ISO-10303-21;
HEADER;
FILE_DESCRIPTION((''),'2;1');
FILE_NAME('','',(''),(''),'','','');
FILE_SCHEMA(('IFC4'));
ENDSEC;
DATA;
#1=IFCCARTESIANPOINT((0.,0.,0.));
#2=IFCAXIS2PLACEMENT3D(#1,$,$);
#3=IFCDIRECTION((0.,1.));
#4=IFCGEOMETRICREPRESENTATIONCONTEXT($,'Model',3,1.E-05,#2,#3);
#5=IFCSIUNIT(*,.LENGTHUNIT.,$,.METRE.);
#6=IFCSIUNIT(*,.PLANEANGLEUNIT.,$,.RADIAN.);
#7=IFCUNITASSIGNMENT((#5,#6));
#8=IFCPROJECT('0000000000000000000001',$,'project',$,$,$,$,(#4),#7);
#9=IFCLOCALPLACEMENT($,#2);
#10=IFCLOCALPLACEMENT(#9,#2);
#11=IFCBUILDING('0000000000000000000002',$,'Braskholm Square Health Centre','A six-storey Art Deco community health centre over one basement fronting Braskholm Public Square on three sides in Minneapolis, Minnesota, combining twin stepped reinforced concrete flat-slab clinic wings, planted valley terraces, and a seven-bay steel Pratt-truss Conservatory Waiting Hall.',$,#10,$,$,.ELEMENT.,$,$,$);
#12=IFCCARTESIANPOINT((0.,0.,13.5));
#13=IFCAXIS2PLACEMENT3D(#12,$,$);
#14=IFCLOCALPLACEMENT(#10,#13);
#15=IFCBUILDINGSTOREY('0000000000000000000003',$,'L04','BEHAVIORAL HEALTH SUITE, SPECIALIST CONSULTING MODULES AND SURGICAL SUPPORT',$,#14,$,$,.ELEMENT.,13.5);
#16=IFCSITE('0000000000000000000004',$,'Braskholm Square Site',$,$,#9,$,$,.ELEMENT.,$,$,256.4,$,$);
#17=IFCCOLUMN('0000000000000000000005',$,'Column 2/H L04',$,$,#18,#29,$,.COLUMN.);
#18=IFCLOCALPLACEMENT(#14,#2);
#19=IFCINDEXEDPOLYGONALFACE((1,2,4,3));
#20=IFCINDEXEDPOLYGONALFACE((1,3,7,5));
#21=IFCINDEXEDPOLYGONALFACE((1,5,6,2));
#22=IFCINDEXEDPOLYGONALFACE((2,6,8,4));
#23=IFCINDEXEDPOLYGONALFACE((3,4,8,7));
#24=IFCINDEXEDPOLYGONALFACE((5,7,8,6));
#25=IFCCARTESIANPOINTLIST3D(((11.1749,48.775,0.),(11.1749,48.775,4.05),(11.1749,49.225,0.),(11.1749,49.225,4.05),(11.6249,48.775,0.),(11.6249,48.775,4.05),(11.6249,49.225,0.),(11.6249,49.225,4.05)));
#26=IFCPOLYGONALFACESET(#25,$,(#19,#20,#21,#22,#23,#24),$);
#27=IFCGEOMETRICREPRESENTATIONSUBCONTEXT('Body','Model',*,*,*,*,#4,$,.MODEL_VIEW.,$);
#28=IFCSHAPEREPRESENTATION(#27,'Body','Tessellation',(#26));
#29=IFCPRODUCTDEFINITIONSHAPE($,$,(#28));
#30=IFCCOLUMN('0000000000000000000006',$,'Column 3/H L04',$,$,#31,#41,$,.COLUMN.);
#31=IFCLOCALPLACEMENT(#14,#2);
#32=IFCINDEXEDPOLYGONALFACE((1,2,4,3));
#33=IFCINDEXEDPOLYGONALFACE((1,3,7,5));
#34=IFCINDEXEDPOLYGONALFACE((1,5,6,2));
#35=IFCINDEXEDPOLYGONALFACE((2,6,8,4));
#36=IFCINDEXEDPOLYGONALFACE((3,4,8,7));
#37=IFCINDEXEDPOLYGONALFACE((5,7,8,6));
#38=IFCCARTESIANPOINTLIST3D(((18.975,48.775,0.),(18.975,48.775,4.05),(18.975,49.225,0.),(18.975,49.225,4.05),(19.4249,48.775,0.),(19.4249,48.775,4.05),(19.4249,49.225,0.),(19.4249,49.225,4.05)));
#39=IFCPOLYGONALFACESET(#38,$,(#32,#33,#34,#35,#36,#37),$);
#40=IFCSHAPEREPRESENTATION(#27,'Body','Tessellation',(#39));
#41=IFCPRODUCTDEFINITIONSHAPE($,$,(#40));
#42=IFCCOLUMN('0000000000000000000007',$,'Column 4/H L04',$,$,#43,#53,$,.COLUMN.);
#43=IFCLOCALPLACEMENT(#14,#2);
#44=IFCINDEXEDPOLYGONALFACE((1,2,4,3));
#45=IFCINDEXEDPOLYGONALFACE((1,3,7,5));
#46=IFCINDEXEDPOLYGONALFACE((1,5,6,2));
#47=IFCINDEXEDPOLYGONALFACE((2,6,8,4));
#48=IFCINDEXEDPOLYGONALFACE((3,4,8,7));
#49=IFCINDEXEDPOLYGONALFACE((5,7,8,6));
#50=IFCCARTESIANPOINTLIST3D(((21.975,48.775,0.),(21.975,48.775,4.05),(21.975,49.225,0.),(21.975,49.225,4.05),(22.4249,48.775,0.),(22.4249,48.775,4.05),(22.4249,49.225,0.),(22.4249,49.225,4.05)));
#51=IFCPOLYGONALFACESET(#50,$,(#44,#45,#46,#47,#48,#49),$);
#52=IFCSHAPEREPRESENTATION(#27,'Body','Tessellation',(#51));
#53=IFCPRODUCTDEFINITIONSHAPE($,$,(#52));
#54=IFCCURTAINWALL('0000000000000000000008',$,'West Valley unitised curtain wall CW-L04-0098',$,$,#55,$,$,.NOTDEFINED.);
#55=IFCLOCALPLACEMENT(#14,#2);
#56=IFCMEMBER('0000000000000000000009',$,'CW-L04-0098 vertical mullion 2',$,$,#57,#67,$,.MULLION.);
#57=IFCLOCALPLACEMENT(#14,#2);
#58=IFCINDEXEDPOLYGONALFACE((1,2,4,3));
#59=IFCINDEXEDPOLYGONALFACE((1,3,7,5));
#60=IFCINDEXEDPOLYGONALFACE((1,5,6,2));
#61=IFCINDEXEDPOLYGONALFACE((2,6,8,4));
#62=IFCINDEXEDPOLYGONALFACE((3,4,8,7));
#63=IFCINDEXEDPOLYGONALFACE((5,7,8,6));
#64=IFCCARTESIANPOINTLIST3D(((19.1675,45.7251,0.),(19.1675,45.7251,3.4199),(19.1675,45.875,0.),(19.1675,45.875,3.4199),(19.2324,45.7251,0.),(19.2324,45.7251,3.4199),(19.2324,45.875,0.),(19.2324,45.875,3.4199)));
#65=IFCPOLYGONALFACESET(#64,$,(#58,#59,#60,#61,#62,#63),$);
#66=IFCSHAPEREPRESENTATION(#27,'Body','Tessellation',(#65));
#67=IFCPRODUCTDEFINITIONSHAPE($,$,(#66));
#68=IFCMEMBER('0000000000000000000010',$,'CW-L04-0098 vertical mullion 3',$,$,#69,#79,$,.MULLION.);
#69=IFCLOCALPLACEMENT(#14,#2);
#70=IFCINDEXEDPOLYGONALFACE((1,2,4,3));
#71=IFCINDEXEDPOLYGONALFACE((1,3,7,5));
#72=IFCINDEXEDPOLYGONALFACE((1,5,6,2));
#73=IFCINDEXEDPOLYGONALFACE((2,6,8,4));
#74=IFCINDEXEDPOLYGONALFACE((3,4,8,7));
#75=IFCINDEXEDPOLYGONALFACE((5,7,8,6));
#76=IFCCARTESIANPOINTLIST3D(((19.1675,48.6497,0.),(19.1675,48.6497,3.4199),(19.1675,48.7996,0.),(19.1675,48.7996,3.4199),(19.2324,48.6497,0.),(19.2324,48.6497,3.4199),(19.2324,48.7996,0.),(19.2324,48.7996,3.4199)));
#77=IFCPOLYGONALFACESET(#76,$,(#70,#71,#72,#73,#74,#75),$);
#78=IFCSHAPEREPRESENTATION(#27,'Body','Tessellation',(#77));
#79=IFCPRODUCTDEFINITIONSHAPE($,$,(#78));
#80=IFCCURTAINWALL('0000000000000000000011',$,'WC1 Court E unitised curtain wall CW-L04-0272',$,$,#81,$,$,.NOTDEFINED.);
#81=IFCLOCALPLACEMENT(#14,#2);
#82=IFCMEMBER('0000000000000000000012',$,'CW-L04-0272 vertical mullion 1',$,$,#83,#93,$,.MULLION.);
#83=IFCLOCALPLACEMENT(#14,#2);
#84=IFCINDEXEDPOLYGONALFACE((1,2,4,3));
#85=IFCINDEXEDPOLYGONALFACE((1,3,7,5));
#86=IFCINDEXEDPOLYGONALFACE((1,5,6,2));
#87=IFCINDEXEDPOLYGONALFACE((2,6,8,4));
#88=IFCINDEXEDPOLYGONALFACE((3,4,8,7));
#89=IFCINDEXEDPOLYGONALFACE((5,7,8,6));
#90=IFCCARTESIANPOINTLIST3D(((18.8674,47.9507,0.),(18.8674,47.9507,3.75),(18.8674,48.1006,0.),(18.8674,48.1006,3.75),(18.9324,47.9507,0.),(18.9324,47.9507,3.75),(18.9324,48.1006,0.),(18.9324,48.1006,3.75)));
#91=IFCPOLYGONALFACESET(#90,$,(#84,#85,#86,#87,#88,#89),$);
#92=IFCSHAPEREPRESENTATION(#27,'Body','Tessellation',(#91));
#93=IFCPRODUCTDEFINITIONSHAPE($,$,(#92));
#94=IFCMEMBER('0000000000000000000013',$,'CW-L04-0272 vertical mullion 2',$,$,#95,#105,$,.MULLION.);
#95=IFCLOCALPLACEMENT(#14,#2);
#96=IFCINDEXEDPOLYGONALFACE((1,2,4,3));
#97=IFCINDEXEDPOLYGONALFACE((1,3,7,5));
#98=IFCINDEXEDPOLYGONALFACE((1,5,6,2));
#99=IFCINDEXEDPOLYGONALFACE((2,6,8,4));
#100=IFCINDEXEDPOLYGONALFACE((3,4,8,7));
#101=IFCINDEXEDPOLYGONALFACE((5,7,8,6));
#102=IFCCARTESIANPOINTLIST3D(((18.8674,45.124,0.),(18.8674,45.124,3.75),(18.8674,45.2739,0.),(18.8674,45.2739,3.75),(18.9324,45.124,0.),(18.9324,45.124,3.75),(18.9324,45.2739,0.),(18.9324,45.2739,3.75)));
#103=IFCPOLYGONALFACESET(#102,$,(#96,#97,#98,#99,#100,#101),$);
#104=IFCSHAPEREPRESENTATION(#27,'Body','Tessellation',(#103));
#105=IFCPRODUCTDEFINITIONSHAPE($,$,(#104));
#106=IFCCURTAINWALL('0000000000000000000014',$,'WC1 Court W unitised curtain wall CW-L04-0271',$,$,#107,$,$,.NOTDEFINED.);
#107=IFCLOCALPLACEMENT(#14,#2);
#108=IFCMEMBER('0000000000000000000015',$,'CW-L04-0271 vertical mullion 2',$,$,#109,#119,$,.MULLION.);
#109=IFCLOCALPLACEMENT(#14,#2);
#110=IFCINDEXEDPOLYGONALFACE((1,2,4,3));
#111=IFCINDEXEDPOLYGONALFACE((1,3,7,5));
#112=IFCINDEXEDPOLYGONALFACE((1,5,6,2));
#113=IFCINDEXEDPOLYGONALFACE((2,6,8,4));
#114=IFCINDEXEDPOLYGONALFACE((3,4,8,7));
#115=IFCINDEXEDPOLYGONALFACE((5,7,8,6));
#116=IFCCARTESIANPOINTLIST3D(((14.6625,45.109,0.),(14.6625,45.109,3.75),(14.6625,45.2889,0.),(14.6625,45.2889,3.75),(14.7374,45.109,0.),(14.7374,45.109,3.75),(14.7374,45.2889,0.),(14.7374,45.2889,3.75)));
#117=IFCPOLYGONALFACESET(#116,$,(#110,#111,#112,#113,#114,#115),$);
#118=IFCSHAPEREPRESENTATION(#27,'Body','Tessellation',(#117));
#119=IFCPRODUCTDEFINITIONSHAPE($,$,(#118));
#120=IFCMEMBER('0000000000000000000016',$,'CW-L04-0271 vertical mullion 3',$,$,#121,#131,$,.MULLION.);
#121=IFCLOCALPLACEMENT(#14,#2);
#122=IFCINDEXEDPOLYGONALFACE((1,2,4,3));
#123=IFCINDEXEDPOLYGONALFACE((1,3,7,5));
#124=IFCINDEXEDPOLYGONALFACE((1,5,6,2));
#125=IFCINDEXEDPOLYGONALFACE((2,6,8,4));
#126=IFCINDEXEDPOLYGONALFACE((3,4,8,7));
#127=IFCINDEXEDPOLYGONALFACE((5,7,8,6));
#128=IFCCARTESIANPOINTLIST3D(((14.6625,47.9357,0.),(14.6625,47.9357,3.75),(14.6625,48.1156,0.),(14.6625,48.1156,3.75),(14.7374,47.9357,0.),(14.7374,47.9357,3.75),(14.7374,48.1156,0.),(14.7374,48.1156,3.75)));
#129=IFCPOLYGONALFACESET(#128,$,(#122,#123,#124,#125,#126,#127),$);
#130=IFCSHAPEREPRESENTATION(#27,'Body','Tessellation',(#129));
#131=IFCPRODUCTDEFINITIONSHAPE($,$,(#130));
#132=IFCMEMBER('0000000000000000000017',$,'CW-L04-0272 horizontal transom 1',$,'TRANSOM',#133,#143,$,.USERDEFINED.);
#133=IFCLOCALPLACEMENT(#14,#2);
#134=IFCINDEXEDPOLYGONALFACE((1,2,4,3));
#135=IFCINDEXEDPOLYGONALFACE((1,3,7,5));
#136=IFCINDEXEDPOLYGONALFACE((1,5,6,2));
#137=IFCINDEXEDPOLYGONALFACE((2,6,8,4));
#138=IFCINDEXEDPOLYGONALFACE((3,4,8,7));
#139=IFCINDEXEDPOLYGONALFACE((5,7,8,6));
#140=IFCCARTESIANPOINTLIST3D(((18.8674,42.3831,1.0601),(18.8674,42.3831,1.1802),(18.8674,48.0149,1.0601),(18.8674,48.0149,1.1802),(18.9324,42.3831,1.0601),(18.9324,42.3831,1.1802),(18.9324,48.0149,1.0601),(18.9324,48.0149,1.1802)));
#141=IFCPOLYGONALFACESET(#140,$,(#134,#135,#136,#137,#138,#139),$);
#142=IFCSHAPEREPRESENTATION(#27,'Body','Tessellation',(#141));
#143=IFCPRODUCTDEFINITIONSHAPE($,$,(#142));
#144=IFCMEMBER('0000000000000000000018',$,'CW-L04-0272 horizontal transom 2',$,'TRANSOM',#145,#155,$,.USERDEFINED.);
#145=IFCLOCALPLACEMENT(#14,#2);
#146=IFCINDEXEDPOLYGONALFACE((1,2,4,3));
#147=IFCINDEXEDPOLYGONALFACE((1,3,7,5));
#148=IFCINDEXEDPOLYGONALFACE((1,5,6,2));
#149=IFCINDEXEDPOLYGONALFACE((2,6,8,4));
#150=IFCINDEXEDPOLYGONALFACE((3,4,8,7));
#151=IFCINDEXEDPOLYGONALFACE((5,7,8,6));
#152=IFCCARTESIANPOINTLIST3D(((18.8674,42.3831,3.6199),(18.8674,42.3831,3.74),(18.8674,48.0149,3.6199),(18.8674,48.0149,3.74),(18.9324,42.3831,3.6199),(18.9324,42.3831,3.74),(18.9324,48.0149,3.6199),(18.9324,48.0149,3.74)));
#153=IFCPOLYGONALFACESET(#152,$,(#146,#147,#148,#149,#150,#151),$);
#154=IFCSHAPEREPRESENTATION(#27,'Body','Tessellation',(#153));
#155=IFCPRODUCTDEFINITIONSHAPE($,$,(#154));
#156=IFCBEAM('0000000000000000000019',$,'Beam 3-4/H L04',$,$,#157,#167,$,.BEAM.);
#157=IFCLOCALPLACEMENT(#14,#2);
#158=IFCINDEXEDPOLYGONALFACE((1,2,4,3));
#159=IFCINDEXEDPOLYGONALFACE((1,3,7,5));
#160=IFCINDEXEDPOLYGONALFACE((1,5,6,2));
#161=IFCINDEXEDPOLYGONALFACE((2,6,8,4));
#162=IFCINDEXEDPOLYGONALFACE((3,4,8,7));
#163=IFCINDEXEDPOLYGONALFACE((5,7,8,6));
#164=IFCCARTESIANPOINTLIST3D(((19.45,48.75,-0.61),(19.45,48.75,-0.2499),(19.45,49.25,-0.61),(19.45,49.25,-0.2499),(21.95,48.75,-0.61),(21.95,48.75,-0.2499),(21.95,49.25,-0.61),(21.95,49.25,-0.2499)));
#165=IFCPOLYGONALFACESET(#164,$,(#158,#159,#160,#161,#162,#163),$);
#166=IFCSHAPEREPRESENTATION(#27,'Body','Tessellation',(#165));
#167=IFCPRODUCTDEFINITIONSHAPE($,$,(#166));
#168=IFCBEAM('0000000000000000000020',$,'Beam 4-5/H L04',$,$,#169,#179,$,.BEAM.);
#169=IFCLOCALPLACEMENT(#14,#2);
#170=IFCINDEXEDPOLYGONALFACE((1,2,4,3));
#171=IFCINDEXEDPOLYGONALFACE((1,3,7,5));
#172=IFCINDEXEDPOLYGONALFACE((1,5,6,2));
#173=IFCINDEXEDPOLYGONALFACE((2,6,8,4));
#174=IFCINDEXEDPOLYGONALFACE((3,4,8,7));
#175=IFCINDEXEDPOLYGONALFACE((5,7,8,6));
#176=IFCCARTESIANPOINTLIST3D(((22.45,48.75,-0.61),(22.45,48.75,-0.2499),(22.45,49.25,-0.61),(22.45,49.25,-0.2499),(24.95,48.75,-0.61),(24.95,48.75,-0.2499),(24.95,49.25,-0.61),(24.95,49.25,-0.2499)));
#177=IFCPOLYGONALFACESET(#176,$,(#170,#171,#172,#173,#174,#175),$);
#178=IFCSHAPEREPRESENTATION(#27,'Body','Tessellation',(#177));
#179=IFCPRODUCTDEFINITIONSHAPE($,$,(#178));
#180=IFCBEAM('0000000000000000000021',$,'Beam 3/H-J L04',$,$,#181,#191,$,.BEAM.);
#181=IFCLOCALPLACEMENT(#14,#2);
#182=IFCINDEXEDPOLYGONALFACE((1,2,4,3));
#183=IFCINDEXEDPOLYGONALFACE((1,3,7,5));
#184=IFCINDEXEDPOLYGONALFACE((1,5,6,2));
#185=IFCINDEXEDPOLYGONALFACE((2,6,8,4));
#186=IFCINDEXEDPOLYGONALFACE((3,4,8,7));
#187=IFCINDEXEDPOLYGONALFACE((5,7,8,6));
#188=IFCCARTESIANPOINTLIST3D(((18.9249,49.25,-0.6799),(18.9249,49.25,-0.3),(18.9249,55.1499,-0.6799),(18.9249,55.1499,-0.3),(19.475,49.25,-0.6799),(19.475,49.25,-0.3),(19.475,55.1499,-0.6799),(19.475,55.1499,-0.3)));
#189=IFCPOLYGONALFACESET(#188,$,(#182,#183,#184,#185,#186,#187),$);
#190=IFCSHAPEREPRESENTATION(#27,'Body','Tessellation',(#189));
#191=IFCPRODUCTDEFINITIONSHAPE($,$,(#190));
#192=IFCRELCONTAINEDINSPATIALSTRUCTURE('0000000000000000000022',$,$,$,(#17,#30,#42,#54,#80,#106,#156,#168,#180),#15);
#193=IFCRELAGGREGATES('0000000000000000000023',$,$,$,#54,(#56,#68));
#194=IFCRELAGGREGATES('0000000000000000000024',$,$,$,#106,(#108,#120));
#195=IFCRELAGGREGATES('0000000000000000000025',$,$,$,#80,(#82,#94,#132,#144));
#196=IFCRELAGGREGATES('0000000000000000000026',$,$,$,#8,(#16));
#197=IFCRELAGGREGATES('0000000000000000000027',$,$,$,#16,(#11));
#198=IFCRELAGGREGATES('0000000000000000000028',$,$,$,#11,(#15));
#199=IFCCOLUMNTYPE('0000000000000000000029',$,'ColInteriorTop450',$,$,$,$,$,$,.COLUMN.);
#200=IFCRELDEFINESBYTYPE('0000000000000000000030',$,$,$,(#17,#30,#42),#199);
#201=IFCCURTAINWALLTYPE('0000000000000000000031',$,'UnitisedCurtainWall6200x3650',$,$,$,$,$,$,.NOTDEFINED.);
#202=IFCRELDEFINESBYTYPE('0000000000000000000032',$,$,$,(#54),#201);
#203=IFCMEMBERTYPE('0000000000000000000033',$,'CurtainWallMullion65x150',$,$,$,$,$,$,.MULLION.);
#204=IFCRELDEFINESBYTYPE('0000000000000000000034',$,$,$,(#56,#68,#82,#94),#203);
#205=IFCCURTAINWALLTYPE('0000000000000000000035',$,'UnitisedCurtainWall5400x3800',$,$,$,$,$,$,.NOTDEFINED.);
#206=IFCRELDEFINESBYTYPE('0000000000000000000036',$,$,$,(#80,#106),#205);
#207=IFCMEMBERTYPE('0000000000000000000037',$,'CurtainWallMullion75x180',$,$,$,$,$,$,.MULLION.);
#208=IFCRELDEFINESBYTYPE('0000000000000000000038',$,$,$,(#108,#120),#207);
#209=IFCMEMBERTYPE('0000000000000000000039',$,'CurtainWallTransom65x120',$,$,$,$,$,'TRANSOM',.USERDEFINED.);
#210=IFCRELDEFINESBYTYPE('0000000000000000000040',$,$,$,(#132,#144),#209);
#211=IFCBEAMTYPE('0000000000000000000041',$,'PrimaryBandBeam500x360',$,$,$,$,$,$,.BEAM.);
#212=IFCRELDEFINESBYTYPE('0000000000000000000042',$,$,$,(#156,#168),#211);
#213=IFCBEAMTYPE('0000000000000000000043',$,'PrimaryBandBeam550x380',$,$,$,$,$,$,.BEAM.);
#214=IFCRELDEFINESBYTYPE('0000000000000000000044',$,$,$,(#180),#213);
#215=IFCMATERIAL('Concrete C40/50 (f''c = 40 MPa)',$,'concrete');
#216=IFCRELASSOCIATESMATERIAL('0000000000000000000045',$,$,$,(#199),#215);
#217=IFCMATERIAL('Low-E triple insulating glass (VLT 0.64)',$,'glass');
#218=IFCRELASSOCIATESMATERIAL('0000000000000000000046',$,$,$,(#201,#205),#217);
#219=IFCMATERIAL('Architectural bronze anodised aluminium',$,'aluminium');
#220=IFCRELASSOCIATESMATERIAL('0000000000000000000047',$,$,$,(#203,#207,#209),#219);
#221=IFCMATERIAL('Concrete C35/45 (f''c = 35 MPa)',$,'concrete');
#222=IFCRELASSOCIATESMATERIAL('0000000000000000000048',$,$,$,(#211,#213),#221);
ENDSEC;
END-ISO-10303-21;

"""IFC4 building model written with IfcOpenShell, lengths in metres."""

from ifc_helpers import new_model, si_unit, direction, frame, origin, origin_2d, place, context, subcontext, project, spatial, rectangle, extrude, material, material_profile, profile_set, type_object, element, aggregate, save


model = new_model("IFC4")

# Units and contexts
model_context = context("Model", 3, precision=1e-05, world=origin(), true_north=direction((0.0, 1.0)))
body_context = subcontext(model_context, "Body", "Model", "MODEL_VIEW")
ifc_project = project(units=[si_unit("LENGTHUNIT", "METRE"), si_unit("PLANEANGLEUNIT", "RADIAN")], contexts=[model_context])

# Site, building, storey
site_placement = place(None, origin())
site = spatial("IfcSite", under=ifc_project, at=site_placement, Name="Braskholm Square Site", CompositionType="ELEMENT", RefElevation=256.4)
building_placement = place(site_placement, origin())
building = spatial("IfcBuilding", under=site, at=building_placement, Name="Braskholm Square Health Centre", Description="A six-storey Art Deco community health centre over one basement fronting Braskholm Public Square on three sides in Minneapolis, Minnesota, combining twin stepped reinforced concrete flat-slab clinic wings, planted valley terraces, and a seven-bay steel Pratt-truss Conservatory Waiting Hall.", CompositionType="ELEMENT")
storey_placement = place(building_placement, frame((0.0, 0.0, 13.5)))
storey = spatial("IfcBuildingStorey", under=building, at=storey_placement, Name="L04", Description="BEHAVIORAL HEALTH SUITE, SPECIALIST CONSULTING MODULES AND SURGICAL SUPPORT", CompositionType="ELEMENT", Elevation=13.5)

# Columns
ifc_material_1 = material(Name="Concrete C40/50 (f'c = 40 MPa)", Category="concrete")
ifc_material_profile_1 = material_profile(ifc_material_1, rectangle(XDim=0.45, YDim=0.45, at=origin_2d()), Name="RC-450X450")
ifc_profile_set_1 = profile_set([ifc_material_profile_1], Name="Concrete C40/50 (f'c = 40 MPa)")
column_type = type_object("IfcColumnType", Name="ColInteriorTop450", PredefinedType="COLUMN", material=ifc_profile_set_1)
for number, where, z_axis, x_axis, name in (
    (1, (11.3999, 49.0, 0.0), (0.0, 0.0, 1.0), (1.0, 0.0, 0.0), "Column 2/H L04"),
    (2, (19.2, 49.0, 0.0), (0.0, 0.0, 1.0), (1.0, 0.0, 0.0), "Column 3/H L04"),
    (3, (22.2, 49.0, 0.0), (0.0, 0.0, 1.0), (1.0, 0.0, 0.0), "Column 4/H L04"),
):
    element("IfcColumn", number, at=place(storey_placement, frame(where, z_axis=z_axis, x_axis=x_axis)), inside=storey, type_object=column_type, Name=name, PredefinedType="COLUMN", context=body_context, shape_type="SweptSolid", body=[
        extrude(rectangle(XDim=0.45, YDim=0.45, at=origin_2d()), origin(), (0.0, 0.0, 1.0), 4.05),
    ])

# Curtain walls, members
ifc_material_2 = material(Name="Low-E triple insulating glass (VLT 0.64)", Category="glass")
curtain_wall_type_1 = type_object("IfcCurtainWallType", Name="UnitisedCurtainWall6200x3650", PredefinedType="NOTDEFINED", material=ifc_material_2)
curtain_wall_1_placement = place(storey_placement, origin())
curtain_wall_1 = element("IfcCurtainWall", 4, at=curtain_wall_1_placement, inside=storey, type_object=curtain_wall_type_1, Name="West Valley unitised curtain wall CW-L04-0098", PredefinedType="NOTDEFINED")
ifc_material_3 = material(Name="Architectural bronze anodised aluminium", Category="aluminium")
ifc_material_profile_2 = material_profile(ifc_material_3, rectangle(XDim=0.0649, YDim=0.1499, at=origin_2d()), Name="ALU-65X150")
ifc_profile_set_2 = profile_set([ifc_material_profile_2], Name="Architectural bronze anodised aluminium")
member_type_1 = type_object("IfcMemberType", Name="CurtainWallMullion65x150", PredefinedType="MULLION", material=ifc_profile_set_2)
member_1_placement = place(storey_placement, frame((19.2, 45.8, 0.0), z_axis=(0.0, 0.0, 1.0), x_axis=(1.0, 0.0, 0.0)))
member_1 = element("IfcMember", 5, at=member_1_placement, type_object=member_type_1, Name="CW-L04-0098 vertical mullion 2", PredefinedType="MULLION", context=body_context, shape_type="SweptSolid", body=[
    extrude(rectangle(XDim=0.0649, YDim=0.1499, at=origin_2d()), origin(), (0.0, 0.0, 1.0), 3.4199),
])
member_2_placement = place(storey_placement, frame((19.2, 48.7246, 0.0), z_axis=(0.0, 0.0, 1.0), x_axis=(1.0, 0.0, 0.0)))
member_2 = element("IfcMember", 6, at=member_2_placement, type_object=member_type_1, Name="CW-L04-0098 vertical mullion 3", PredefinedType="MULLION", context=body_context, shape_type="SweptSolid", body=[
    extrude(rectangle(XDim=0.0649, YDim=0.1499, at=origin_2d()), origin(), (0.0, 0.0, 1.0), 3.4199),
])
curtain_wall_type_2 = type_object("IfcCurtainWallType", Name="UnitisedCurtainWall5400x3800", PredefinedType="NOTDEFINED", material=ifc_material_2)
curtain_wall_2_placement = place(storey_placement, origin())
curtain_wall_2 = element("IfcCurtainWall", 7, at=curtain_wall_2_placement, inside=storey, type_object=curtain_wall_type_2, Name="WC1 Court E unitised curtain wall CW-L04-0272", PredefinedType="NOTDEFINED")
member_3_placement = place(storey_placement, frame((18.8999, 48.0256, 0.0), z_axis=(0.0, 0.0, 1.0), x_axis=(1.0, 0.0, 0.0)))
member_3 = element("IfcMember", 8, at=member_3_placement, type_object=member_type_1, Name="CW-L04-0272 vertical mullion 1", PredefinedType="MULLION", context=body_context, shape_type="SweptSolid", body=[
    extrude(rectangle(XDim=0.0649, YDim=0.1499, at=origin_2d()), origin(), (0.0, 0.0, 1.0), 3.75),
])
member_4_placement = place(storey_placement, frame((18.8999, 45.199, 0.0), z_axis=(0.0, 0.0, 1.0), x_axis=(1.0, 0.0, 0.0)))
member_4 = element("IfcMember", 9, at=member_4_placement, type_object=member_type_1, Name="CW-L04-0272 vertical mullion 2", PredefinedType="MULLION", context=body_context, shape_type="SweptSolid", body=[
    extrude(rectangle(XDim=0.0649, YDim=0.1499, at=origin_2d()), origin(), (0.0, 0.0, 1.0), 3.75),
])
curtain_wall_3_placement = place(storey_placement, origin())
curtain_wall_3 = element("IfcCurtainWall", 10, at=curtain_wall_3_placement, inside=storey, type_object=curtain_wall_type_2, Name="WC1 Court W unitised curtain wall CW-L04-0271", PredefinedType="NOTDEFINED")
ifc_material_profile_3 = material_profile(ifc_material_3, rectangle(XDim=0.075, YDim=0.1799, at=origin_2d()), Name="ALU-75X180")
ifc_profile_set_3 = profile_set([ifc_material_profile_3], Name="Architectural bronze anodised aluminium")
member_type_2 = type_object("IfcMemberType", Name="CurtainWallMullion75x180", PredefinedType="MULLION", material=ifc_profile_set_3)
member_5_placement = place(storey_placement, frame((14.7, 45.199, 0.0), z_axis=(0.0, 0.0, 1.0), x_axis=(1.0, 0.0, 0.0)))
member_5 = element("IfcMember", 11, at=member_5_placement, type_object=member_type_2, Name="CW-L04-0271 vertical mullion 2", PredefinedType="MULLION", context=body_context, shape_type="SweptSolid", body=[
    extrude(rectangle(XDim=0.075, YDim=0.1799, at=origin_2d()), origin(), (0.0, 0.0, 1.0), 3.75),
])
member_6_placement = place(storey_placement, frame((14.7, 48.0256, 0.0), z_axis=(0.0, 0.0, 1.0), x_axis=(1.0, 0.0, 0.0)))
member_6 = element("IfcMember", 12, at=member_6_placement, type_object=member_type_2, Name="CW-L04-0271 vertical mullion 3", PredefinedType="MULLION", context=body_context, shape_type="SweptSolid", body=[
    extrude(rectangle(XDim=0.075, YDim=0.1799, at=origin_2d()), origin(), (0.0, 0.0, 1.0), 3.75),
])

# Members
ifc_material_profile_4 = material_profile(ifc_material_3, rectangle(XDim=0.0649, YDim=0.1201, at=origin_2d()), Name="ALU-65X120")
ifc_profile_set_4 = profile_set([ifc_material_profile_4], Name="Architectural bronze anodised aluminium")
member_type_3 = type_object("IfcMemberType", Name="CurtainWallTransom65x120", ElementType="TRANSOM", PredefinedType="USERDEFINED", material=ifc_profile_set_4)
member_7_placement = place(storey_placement, frame((18.8999, 48.0149, 1.1201), z_axis=(0.0, -1.0, 0.0), x_axis=(1.0, 0.0, 0.0)))
member_7 = element("IfcMember", 13, at=member_7_placement, type_object=member_type_3, Name="CW-L04-0272 horizontal transom 1", ObjectType="TRANSOM", PredefinedType="USERDEFINED", context=body_context, shape_type="SweptSolid", body=[
    extrude(rectangle(XDim=0.0649, YDim=0.1201, at=origin_2d()), origin(), (0.0, 0.0, 1.0), 5.6318),
])
member_8_placement = place(storey_placement, frame((18.8999, 48.0149, 3.6799), z_axis=(0.0, -1.0, 0.0), x_axis=(1.0, 0.0, 0.0)))
member_8 = element("IfcMember", 14, at=member_8_placement, type_object=member_type_3, Name="CW-L04-0272 horizontal transom 2", ObjectType="TRANSOM", PredefinedType="USERDEFINED", context=body_context, shape_type="SweptSolid", body=[
    extrude(rectangle(XDim=0.0649, YDim=0.1201, at=origin_2d()), origin(), (0.0, 0.0, 1.0), 5.6318),
])

# Beams
ifc_material_4 = material(Name="Concrete C35/45 (f'c = 35 MPa)", Category="concrete")
ifc_material_profile_5 = material_profile(ifc_material_4, rectangle(XDim=0.5, YDim=0.3601, at=origin_2d()), Name="RCB-500X360")
ifc_profile_set_5 = profile_set([ifc_material_profile_5], Name="Concrete C35/45 (f'c = 35 MPa)")
beam_type_1 = type_object("IfcBeamType", Name="PrimaryBandBeam500x360", PredefinedType="BEAM", material=ifc_profile_set_5)
for number, where, z_axis, x_axis, name in (
    (15, (19.45, 49.0, -0.4299), (1.0, 0.0, 0.0), (0.0, 1.0, 0.0), "Beam 3-4/H L04"),
    (16, (22.45, 49.0, -0.4299), (1.0, 0.0, 0.0), (0.0, 1.0, 0.0), "Beam 4-5/H L04"),
):
    element("IfcBeam", number, at=place(storey_placement, frame(where, z_axis=z_axis, x_axis=x_axis)), inside=storey, type_object=beam_type_1, Name=name, PredefinedType="BEAM", context=body_context, shape_type="SweptSolid", body=[
        extrude(rectangle(XDim=0.5, YDim=0.3601, at=origin_2d()), origin(), (0.0, 0.0, 1.0), 2.5),
    ])
ifc_material_profile_6 = material_profile(ifc_material_4, rectangle(XDim=0.55, YDim=0.3799, at=origin_2d()), Name="RCB-550X380")
ifc_profile_set_6 = profile_set([ifc_material_profile_6], Name="Concrete C35/45 (f'c = 35 MPa)")
beam_type_2 = type_object("IfcBeamType", Name="PrimaryBandBeam550x380", PredefinedType="BEAM", material=ifc_profile_set_6)
beam_1_placement = place(storey_placement, frame((19.2, 49.25, -0.49), z_axis=(0.0, 1.0, 0.0), x_axis=(-1.0, 0.0, 0.0)))
element("IfcBeam", 17, at=beam_1_placement, inside=storey, type_object=beam_type_2, Name="Beam 3/H-J L04", PredefinedType="BEAM", context=body_context, shape_type="SweptSolid", body=[
    extrude(rectangle(XDim=0.55, YDim=0.3799, at=origin_2d()), origin(), (0.0, 0.0, 1.0), 5.8999),
])

aggregate(curtain_wall_1, [member_1, member_2])
aggregate(curtain_wall_3, [member_5, member_6])
aggregate(curtain_wall_2, [member_3, member_4, member_7, member_8])

save(model, "model.ifc")
